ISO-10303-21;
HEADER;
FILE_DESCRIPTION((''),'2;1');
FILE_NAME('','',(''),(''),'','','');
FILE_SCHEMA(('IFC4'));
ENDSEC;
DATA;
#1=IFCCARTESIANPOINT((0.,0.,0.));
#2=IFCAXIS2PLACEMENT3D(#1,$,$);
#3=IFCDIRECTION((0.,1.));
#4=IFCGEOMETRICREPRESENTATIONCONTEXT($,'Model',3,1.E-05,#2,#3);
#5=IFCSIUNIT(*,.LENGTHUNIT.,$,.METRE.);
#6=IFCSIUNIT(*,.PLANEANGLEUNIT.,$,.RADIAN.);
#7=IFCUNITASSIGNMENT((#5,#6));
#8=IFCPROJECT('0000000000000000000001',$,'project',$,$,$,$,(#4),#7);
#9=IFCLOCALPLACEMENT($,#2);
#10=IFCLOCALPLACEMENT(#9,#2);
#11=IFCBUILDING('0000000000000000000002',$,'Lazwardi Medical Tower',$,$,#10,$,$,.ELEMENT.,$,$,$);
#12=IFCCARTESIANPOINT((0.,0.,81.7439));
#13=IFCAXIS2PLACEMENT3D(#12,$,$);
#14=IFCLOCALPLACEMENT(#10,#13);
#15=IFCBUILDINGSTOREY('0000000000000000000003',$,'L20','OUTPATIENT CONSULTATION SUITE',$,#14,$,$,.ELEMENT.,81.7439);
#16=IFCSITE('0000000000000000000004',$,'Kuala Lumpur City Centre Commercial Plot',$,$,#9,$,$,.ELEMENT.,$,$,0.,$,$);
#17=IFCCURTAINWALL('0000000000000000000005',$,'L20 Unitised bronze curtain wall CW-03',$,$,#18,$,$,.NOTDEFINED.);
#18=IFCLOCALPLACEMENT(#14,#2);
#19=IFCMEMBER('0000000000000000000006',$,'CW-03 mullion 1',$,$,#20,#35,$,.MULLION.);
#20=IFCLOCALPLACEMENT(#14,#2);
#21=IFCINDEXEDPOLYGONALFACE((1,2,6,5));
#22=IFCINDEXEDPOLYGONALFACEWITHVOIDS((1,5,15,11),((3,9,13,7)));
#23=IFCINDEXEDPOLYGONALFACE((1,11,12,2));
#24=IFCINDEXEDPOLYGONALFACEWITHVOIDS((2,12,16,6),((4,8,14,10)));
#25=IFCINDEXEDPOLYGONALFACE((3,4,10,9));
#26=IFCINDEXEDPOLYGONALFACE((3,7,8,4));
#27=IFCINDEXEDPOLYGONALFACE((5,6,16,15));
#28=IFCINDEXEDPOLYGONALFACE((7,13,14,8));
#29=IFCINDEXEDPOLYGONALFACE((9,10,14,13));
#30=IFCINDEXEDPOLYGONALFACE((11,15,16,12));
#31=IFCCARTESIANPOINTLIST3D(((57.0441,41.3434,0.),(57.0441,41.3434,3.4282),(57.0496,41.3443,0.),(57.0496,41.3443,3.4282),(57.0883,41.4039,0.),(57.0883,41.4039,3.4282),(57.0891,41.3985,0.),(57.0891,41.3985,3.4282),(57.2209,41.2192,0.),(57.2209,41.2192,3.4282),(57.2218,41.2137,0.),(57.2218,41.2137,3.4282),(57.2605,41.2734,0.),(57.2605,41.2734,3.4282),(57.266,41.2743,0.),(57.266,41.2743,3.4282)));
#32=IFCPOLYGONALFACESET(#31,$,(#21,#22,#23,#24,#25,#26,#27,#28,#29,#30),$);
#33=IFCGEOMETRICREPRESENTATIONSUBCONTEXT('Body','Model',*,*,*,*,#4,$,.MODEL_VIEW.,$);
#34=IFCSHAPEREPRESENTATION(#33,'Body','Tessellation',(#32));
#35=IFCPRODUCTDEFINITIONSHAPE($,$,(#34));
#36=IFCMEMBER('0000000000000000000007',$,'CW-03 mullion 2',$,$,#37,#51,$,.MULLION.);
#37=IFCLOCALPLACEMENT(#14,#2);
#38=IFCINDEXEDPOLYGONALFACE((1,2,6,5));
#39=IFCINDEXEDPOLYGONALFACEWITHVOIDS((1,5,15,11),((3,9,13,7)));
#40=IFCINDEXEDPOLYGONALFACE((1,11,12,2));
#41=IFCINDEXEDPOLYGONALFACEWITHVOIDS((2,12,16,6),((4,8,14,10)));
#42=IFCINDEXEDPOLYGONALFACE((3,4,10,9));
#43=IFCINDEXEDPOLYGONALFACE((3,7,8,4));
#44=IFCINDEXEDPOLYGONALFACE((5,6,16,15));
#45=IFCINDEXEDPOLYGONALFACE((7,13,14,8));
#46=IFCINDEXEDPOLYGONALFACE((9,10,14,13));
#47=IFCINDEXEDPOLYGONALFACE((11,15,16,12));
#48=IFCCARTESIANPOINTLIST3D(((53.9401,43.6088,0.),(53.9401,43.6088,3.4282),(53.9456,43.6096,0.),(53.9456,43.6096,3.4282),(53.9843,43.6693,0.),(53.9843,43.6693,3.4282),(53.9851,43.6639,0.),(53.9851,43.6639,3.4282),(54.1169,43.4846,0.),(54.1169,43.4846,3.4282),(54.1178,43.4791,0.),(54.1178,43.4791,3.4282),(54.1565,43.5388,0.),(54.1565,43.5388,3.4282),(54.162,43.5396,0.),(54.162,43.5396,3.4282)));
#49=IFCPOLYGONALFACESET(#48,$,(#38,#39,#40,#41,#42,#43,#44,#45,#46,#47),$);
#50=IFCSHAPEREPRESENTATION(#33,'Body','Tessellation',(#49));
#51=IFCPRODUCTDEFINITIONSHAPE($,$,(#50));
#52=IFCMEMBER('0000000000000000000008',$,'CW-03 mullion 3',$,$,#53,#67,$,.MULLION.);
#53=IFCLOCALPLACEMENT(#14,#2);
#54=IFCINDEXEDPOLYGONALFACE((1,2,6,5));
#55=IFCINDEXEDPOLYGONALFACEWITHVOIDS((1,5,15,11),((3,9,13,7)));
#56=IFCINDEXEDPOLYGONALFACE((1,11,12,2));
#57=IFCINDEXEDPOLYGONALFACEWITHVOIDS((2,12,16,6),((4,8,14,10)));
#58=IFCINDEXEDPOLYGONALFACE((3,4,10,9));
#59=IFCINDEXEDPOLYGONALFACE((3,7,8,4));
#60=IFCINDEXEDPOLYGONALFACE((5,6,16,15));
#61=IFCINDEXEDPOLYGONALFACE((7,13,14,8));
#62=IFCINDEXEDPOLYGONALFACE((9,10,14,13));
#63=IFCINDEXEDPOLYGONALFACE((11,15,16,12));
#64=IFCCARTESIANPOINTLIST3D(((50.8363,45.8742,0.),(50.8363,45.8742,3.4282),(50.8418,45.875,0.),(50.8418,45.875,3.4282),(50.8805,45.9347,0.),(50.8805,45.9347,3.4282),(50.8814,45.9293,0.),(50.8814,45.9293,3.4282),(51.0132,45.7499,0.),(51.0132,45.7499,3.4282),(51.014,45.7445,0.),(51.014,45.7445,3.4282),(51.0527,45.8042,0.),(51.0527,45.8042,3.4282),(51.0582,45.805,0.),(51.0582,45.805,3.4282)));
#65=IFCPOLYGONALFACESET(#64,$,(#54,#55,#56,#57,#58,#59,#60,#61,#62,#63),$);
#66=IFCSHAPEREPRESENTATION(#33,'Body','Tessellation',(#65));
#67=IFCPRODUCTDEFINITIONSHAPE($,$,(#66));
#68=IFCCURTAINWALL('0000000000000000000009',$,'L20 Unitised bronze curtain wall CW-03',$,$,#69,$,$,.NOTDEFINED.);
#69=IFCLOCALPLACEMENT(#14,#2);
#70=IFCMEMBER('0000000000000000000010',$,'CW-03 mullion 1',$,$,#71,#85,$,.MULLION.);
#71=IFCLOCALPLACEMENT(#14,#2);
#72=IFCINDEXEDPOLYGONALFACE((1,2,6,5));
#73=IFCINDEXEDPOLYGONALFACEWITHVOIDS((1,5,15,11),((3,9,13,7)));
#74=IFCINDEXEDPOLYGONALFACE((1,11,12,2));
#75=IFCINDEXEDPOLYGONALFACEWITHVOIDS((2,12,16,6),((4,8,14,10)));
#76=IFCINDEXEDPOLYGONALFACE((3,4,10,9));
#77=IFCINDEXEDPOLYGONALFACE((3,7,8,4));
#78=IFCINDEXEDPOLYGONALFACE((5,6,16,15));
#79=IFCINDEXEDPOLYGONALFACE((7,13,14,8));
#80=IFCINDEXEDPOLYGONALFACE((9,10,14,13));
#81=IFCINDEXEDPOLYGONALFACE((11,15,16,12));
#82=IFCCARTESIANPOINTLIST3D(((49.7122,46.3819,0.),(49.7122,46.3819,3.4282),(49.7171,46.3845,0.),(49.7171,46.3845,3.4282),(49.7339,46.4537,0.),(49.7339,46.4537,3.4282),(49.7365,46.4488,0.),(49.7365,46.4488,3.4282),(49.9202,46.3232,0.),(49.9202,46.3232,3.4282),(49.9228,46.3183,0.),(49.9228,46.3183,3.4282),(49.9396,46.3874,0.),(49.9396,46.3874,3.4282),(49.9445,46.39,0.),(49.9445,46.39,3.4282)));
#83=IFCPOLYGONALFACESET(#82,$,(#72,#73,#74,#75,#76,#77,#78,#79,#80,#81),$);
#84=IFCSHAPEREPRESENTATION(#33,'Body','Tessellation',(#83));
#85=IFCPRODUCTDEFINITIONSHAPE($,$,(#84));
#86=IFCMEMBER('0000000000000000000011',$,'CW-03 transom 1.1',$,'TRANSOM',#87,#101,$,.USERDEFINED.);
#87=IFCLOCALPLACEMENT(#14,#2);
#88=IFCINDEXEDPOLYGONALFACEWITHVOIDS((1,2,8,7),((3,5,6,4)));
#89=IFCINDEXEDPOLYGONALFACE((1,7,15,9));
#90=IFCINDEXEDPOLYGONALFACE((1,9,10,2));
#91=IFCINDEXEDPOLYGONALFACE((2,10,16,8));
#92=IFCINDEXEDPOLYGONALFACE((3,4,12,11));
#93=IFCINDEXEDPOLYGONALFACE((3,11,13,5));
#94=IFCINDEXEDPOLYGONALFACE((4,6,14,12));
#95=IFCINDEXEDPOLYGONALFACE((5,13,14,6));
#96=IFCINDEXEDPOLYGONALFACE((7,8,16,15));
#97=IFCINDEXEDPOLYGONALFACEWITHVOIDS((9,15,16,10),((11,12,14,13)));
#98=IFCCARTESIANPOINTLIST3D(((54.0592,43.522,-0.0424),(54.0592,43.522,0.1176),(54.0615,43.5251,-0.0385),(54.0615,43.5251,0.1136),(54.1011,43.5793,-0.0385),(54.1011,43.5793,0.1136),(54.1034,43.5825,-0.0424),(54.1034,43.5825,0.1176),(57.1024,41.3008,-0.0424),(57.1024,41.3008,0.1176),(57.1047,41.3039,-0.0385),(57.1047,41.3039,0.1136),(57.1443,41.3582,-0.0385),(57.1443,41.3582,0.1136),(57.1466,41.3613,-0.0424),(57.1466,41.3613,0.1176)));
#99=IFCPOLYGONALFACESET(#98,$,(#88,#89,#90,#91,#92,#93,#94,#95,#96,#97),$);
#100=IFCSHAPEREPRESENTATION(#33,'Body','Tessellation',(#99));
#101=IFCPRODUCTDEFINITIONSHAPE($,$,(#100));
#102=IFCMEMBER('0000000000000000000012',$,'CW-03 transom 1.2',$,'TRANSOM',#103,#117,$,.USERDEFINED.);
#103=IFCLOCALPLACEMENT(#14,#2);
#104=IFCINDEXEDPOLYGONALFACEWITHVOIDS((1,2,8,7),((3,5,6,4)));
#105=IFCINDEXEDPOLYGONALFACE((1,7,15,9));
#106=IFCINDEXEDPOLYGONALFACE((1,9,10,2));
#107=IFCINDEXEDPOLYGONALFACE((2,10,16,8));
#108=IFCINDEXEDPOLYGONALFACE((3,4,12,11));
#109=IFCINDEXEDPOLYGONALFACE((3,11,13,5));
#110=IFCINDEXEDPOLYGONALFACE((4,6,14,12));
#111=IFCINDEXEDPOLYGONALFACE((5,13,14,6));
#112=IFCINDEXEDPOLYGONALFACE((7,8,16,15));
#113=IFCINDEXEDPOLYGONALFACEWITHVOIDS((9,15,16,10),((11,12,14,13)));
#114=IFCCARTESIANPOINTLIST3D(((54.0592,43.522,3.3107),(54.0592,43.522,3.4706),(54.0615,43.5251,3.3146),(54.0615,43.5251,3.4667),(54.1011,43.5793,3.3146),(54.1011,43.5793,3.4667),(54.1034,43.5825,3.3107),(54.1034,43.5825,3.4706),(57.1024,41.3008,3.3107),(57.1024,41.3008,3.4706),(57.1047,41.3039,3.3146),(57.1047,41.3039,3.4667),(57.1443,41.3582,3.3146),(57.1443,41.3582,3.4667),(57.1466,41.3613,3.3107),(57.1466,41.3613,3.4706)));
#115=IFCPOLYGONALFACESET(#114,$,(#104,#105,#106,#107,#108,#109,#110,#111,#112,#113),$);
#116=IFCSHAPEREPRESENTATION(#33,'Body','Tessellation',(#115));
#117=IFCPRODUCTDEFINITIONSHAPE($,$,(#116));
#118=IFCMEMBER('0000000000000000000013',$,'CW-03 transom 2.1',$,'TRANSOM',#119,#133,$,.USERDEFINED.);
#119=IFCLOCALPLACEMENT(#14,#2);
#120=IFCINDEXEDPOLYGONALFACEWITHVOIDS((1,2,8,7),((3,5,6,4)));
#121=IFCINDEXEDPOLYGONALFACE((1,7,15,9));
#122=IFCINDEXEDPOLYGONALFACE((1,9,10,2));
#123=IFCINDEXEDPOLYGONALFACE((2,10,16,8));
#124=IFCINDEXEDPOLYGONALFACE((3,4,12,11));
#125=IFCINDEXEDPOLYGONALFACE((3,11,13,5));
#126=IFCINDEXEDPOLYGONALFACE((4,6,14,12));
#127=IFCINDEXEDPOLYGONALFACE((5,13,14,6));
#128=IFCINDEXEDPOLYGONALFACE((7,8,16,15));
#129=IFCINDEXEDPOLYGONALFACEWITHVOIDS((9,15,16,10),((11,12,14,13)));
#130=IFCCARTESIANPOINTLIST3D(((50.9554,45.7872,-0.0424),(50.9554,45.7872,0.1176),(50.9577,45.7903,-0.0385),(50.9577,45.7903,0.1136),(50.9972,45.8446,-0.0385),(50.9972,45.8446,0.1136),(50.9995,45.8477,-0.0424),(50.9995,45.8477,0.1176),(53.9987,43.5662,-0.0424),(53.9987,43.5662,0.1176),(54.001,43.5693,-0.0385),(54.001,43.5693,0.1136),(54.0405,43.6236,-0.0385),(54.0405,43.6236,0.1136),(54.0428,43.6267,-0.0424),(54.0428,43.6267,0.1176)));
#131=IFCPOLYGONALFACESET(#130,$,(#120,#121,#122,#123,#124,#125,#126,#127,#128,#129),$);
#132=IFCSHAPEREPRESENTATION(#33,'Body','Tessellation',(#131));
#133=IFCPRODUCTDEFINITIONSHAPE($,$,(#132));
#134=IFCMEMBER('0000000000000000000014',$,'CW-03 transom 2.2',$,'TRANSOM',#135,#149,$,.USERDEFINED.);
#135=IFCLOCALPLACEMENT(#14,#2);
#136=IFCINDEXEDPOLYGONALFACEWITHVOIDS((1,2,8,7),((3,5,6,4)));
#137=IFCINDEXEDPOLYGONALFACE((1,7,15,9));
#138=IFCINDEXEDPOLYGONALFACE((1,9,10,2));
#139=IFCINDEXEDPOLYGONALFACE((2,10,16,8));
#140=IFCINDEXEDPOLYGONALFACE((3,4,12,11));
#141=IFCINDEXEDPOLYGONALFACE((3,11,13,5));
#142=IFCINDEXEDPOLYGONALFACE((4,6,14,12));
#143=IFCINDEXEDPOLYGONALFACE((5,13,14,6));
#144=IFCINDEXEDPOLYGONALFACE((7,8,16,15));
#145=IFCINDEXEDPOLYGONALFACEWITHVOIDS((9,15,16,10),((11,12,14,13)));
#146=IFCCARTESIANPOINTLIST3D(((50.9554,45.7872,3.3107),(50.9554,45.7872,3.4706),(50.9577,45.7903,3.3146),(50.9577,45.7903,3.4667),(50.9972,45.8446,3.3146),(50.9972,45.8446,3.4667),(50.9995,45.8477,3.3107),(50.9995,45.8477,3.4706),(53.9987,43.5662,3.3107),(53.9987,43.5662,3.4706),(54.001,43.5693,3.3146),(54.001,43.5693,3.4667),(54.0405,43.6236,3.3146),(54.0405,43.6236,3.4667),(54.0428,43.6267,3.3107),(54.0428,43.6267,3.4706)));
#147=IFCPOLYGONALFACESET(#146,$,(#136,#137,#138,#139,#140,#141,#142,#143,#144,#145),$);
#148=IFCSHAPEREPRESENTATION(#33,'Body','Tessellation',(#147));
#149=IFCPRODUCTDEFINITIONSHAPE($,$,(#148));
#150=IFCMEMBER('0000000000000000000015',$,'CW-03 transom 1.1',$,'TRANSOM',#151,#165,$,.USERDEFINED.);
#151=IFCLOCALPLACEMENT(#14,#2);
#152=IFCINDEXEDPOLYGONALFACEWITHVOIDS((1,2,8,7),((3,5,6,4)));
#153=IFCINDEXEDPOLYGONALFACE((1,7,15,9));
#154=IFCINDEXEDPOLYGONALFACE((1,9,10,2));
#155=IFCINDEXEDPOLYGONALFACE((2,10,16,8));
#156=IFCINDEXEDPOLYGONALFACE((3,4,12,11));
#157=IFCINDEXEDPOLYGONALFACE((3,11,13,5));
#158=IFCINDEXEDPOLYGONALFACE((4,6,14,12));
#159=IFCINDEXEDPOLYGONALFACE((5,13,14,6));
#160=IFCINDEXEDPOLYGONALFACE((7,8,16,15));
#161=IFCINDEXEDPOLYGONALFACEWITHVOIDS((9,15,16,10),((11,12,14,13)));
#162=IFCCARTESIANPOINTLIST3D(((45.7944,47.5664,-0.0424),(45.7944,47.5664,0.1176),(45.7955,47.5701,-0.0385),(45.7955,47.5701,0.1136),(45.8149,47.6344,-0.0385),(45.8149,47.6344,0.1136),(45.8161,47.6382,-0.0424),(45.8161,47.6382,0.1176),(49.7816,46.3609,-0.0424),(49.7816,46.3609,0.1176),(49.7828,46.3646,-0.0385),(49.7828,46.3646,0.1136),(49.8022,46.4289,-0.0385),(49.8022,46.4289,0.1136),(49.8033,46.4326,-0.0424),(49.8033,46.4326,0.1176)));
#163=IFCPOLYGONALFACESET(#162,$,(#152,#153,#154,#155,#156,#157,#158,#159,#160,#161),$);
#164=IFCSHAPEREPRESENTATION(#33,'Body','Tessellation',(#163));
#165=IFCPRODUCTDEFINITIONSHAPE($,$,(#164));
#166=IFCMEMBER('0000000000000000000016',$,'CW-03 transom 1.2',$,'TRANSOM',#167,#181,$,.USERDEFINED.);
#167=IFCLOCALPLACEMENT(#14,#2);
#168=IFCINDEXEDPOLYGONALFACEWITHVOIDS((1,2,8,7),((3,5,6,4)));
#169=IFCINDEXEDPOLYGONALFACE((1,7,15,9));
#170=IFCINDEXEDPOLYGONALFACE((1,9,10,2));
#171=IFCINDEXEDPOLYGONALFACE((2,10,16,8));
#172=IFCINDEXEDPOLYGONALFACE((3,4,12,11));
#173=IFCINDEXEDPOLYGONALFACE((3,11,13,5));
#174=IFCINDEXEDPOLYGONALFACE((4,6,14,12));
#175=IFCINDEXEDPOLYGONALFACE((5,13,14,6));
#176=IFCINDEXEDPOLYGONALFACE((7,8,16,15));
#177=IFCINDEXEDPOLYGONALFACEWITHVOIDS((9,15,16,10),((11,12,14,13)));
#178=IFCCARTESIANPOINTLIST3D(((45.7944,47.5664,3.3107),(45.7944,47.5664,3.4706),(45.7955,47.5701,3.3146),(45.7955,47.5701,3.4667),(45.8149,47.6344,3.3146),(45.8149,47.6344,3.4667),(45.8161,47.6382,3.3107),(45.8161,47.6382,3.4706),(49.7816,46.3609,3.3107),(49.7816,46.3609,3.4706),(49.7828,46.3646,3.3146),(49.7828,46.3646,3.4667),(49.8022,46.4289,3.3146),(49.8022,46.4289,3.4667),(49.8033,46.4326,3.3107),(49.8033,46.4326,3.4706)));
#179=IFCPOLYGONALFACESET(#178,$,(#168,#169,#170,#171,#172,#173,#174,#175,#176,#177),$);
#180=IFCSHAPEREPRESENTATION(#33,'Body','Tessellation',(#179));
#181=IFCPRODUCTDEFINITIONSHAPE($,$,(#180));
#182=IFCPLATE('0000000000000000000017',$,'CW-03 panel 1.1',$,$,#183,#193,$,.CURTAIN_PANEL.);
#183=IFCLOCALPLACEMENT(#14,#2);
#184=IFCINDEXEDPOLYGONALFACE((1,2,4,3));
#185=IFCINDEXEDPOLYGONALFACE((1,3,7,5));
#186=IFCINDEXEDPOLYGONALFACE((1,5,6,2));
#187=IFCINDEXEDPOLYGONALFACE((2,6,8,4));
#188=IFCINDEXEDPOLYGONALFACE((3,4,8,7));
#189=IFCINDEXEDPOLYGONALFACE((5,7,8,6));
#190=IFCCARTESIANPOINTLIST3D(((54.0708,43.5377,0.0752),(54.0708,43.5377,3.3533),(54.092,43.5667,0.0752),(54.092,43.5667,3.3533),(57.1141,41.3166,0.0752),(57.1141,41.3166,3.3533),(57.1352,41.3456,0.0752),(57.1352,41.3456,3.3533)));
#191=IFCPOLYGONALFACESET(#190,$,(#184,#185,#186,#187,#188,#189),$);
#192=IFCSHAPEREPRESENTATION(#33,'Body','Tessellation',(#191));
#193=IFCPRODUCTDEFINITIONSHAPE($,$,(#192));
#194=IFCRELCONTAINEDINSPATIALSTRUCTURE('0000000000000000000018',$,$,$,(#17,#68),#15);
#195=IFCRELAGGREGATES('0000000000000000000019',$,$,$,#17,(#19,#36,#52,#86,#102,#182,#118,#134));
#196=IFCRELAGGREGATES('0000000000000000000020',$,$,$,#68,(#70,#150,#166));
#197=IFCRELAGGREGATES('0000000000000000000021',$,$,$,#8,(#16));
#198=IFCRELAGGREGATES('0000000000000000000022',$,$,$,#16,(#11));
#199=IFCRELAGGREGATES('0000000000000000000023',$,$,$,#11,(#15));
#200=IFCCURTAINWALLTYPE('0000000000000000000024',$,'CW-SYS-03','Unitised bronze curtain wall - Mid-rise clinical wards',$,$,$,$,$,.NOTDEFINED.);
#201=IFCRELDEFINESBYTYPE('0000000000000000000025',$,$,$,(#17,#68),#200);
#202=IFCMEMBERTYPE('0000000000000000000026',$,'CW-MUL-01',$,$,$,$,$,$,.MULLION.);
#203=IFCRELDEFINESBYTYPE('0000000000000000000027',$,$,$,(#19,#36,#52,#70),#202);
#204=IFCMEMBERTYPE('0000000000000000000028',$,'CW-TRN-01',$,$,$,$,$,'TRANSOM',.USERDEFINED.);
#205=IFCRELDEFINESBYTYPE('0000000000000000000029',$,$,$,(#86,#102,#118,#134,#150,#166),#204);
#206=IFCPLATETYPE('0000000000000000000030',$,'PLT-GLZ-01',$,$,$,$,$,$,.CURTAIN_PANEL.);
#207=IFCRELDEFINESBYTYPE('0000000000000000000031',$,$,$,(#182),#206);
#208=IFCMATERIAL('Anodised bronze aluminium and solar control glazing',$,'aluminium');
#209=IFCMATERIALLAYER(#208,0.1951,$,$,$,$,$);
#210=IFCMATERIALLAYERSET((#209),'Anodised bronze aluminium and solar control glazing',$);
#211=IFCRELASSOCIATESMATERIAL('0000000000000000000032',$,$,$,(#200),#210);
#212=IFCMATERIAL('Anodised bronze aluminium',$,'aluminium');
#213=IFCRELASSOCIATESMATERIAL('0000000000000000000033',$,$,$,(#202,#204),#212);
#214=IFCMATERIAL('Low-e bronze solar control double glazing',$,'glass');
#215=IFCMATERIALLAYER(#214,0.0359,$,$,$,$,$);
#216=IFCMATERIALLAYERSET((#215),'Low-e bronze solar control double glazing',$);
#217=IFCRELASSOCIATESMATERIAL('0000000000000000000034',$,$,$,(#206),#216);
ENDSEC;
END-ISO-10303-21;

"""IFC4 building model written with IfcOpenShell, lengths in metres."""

from ifc_helpers import new_model, si_unit, direction, frame, origin, origin_2d, place, context, subcontext, project, spatial, rectangle, hollow_rectangle, extrude, material, layer, layer_set, material_profile, profile_set, type_object, element, aggregate, save


model = new_model("IFC4")

# Units and contexts
model_context = context("Model", 3, precision=1e-05, world=origin(), true_north=direction((0.0, 1.0)))
body_context = subcontext(model_context, "Body", "Model", "MODEL_VIEW")
ifc_project = project(units=[si_unit("LENGTHUNIT", "METRE"), si_unit("PLANEANGLEUNIT", "RADIAN")], contexts=[model_context])

# Site, building, storey
site_placement = place(None, origin())
site = spatial("IfcSite", under=ifc_project, at=site_placement, Name="Kuala Lumpur City Centre Commercial Plot", CompositionType="ELEMENT", RefElevation=0.0)
building_placement = place(site_placement, origin())
building = spatial("IfcBuilding", under=site, at=building_placement, Name="Lazwardi Medical Tower", CompositionType="ELEMENT")
storey_placement = place(building_placement, frame((0.0, 0.0, 81.7439)))
storey = spatial("IfcBuildingStorey", under=building, at=storey_placement, Name="L20", Description="OUTPATIENT CONSULTATION SUITE", CompositionType="ELEMENT", Elevation=81.7439)

# Shared definitions
ifc_material_1 = material(Name="Anodised bronze aluminium and solar control glazing", Category="aluminium")
ifc_layer_1 = layer(ifc_material_1, 0.1951)
ifc_layer_set_1 = layer_set([ifc_layer_1], Name="Anodised bronze aluminium and solar control glazing")
curtain_wall_type = type_object("IfcCurtainWallType", Name="CW-SYS-03", Description="Unitised bronze curtain wall - Mid-rise clinical wards", PredefinedType="NOTDEFINED", material=ifc_layer_set_1)
ifc_material_2 = material(Name="Anodised bronze aluminium", Category="aluminium")
ifc_material_profile_1 = material_profile(ifc_material_2, hollow_rectangle(XDim=0.075, YDim=0.22, WallThickness=0.0039, at=origin_2d()), Name="ALU-MULLION 220x75x4")
ifc_profile_set_1 = profile_set([ifc_material_profile_1], Name="Anodised bronze aluminium")
member_type_1 = type_object("IfcMemberType", Name="CW-MUL-01", PredefinedType="MULLION", material=ifc_profile_set_1)

# Curtain wall, members
curtain_wall_1_placement = place(storey_placement, origin())
curtain_wall_1 = element("IfcCurtainWall", 1, at=curtain_wall_1_placement, inside=storey, type_object=curtain_wall_type, Name="L20 Unitised bronze curtain wall CW-03", PredefinedType="NOTDEFINED")
member_1_placement = place(storey_placement, frame((57.155, 41.3088, 0.0), z_axis=(0.0, 0.0, 1.0), x_axis=(-0.589531, -0.807746, 0.0)))
member_1 = element("IfcMember", 2, at=member_1_placement, type_object=member_type_1, Name="CW-03 mullion 1", PredefinedType="MULLION", context=body_context, shape_type="SweptSolid", body=[
    extrude(hollow_rectangle(XDim=0.075, YDim=0.22, WallThickness=0.0039, at=origin_2d()), origin(), (0.0, 0.0, 1.0), 3.4282),
])
member_2_placement = place(storey_placement, frame((54.051, 43.5742, 0.0), z_axis=(0.0, 0.0, 1.0), x_axis=(-0.589531, -0.807746, 0.0)))
member_2 = element("IfcMember", 3, at=member_2_placement, type_object=member_type_1, Name="CW-03 mullion 2", PredefinedType="MULLION", context=body_context, shape_type="SweptSolid", body=[
    extrude(hollow_rectangle(XDim=0.075, YDim=0.22, WallThickness=0.0039, at=origin_2d()), origin(), (0.0, 0.0, 1.0), 3.4282),
])
member_3_placement = place(storey_placement, frame((50.9473, 45.8396, 0.0), z_axis=(0.0, 0.0, 1.0), x_axis=(-0.589531, -0.807746, 0.0)))
member_3 = element("IfcMember", 4, at=member_3_placement, type_object=member_type_1, Name="CW-03 mullion 3", PredefinedType="MULLION", context=body_context, shape_type="SweptSolid", body=[
    extrude(hollow_rectangle(XDim=0.075, YDim=0.22, WallThickness=0.0039, at=origin_2d()), origin(), (0.0, 0.0, 1.0), 3.4282),
])

# Curtain wall, member
curtain_wall_2_placement = place(storey_placement, origin())
curtain_wall_2 = element("IfcCurtainWall", 5, at=curtain_wall_2_placement, inside=storey, type_object=curtain_wall_type, Name="L20 Unitised bronze curtain wall CW-03", PredefinedType="NOTDEFINED")
member_4_placement = place(storey_placement, frame((49.8284, 46.386, 0.0), z_axis=(0.0, 0.0, 1.0), x_axis=(-0.289374, -0.957216, 0.0)))
member_4 = element("IfcMember", 6, at=member_4_placement, type_object=member_type_1, Name="CW-03 mullion 1", PredefinedType="MULLION", context=body_context, shape_type="SweptSolid", body=[
    extrude(hollow_rectangle(XDim=0.075, YDim=0.22, WallThickness=0.0039, at=origin_2d()), origin(), (0.0, 0.0, 1.0), 3.4282),
])

# Members
ifc_material_profile_2 = material_profile(ifc_material_2, hollow_rectangle(XDim=0.075, YDim=0.1599, WallThickness=0.0039, at=origin_2d()), Name="ALU-TRANSOM 160x75x4")
ifc_profile_set_2 = profile_set([ifc_material_profile_2], Name="Anodised bronze aluminium")
member_type_2 = type_object("IfcMemberType", Name="CW-TRN-01", ElementType="TRANSOM", PredefinedType="USERDEFINED", material=ifc_profile_set_2)
member_5_placement = place(storey_placement, frame((57.1245, 41.3311, 0.0376), z_axis=(-0.807732, 0.58955, 0.0), x_axis=(-0.58955, -0.807732, 0.0)))
member_5 = element("IfcMember", 7, at=member_5_placement, type_object=member_type_2, Name="CW-03 transom 1.1", ObjectType="TRANSOM", PredefinedType="USERDEFINED", context=body_context, shape_type="SweptSolid", body=[
    extrude(hollow_rectangle(XDim=0.075, YDim=0.1599, WallThickness=0.0039, at=origin_2d()), origin(), (0.0, 0.0, 1.0), 3.7676),
])
member_6_placement = place(storey_placement, frame((57.1245, 41.3311, 3.3906), z_axis=(-0.807732, 0.58955, 0.0), x_axis=(-0.58955, -0.807732, 0.0)))
member_6 = element("IfcMember", 8, at=member_6_placement, type_object=member_type_2, Name="CW-03 transom 1.2", ObjectType="TRANSOM", PredefinedType="USERDEFINED", context=body_context, shape_type="SweptSolid", body=[
    extrude(hollow_rectangle(XDim=0.075, YDim=0.1599, WallThickness=0.0039, at=origin_2d()), origin(), (0.0, 0.0, 1.0), 3.7676),
])
member_7_placement = place(storey_placement, frame((54.0208, 43.5964, 0.0376), z_axis=(-0.807763, 0.589508, 0.0), x_axis=(-0.589508, -0.807763, 0.0)))
member_7 = element("IfcMember", 9, at=member_7_placement, type_object=member_type_2, Name="CW-03 transom 2.1", ObjectType="TRANSOM", PredefinedType="USERDEFINED", context=body_context, shape_type="SweptSolid", body=[
    extrude(hollow_rectangle(XDim=0.075, YDim=0.1599, WallThickness=0.0039, at=origin_2d()), origin(), (0.0, 0.0, 1.0), 3.7676),
])
member_8_placement = place(storey_placement, frame((54.0208, 43.5964, 3.3906), z_axis=(-0.807763, 0.589508, 0.0), x_axis=(-0.589508, -0.807763, 0.0)))
member_8 = element("IfcMember", 10, at=member_8_placement, type_object=member_type_2, Name="CW-03 transom 2.2", ObjectType="TRANSOM", PredefinedType="USERDEFINED", context=body_context, shape_type="SweptSolid", body=[
    extrude(hollow_rectangle(XDim=0.075, YDim=0.1599, WallThickness=0.0039, at=origin_2d()), origin(), (0.0, 0.0, 1.0), 3.7676),
])
member_9_placement = place(storey_placement, frame((49.7925, 46.3967, 0.0376), z_axis=(-0.957205, 0.289412, 0.0), x_axis=(-0.289412, -0.957205, 0.0)))
member_9 = element("IfcMember", 11, at=member_9_placement, type_object=member_type_2, Name="CW-03 transom 1.1", ObjectType="TRANSOM", PredefinedType="USERDEFINED", context=body_context, shape_type="SweptSolid", body=[
    extrude(hollow_rectangle(XDim=0.075, YDim=0.1599, WallThickness=0.0039, at=origin_2d()), origin(), (0.0, 0.0, 1.0), 4.1655),
])
member_10_placement = place(storey_placement, frame((49.7925, 46.3967, 3.3906), z_axis=(-0.957205, 0.289412, 0.0), x_axis=(-0.289412, -0.957205, 0.0)))
member_10 = element("IfcMember", 12, at=member_10_placement, type_object=member_type_2, Name="CW-03 transom 1.2", ObjectType="TRANSOM", PredefinedType="USERDEFINED", context=body_context, shape_type="SweptSolid", body=[
    extrude(hollow_rectangle(XDim=0.075, YDim=0.1599, WallThickness=0.0039, at=origin_2d()), origin(), (0.0, 0.0, 1.0), 4.1655),
])

# Plate
ifc_material_3 = material(Name="Low-e bronze solar control double glazing", Category="glass")
ifc_layer_2 = layer(ifc_material_3, 0.0359)
ifc_layer_set_2 = layer_set([ifc_layer_2], Name="Low-e bronze solar control double glazing")
plate_type = type_object("IfcPlateType", Name="PLT-GLZ-01", PredefinedType="CURTAIN_PANEL", material=ifc_layer_set_2)
plate_1_placement = place(storey_placement, frame((55.603, 42.4417, 0.0752), z_axis=(0.0, 0.0, 1.0), x_axis=(-0.807746, 0.589531, 0.0)))
plate_1 = element("IfcPlate", 13, at=plate_1_placement, type_object=plate_type, Name="CW-03 panel 1.1", PredefinedType="CURTAIN_PANEL", context=body_context, shape_type="SweptSolid", body=[
    extrude(rectangle(XDim=3.7676, YDim=0.0359, at=origin_2d()), origin(), (0.0, 0.0, 1.0), 3.2781),
])
aggregate(curtain_wall_1, [member_1, member_2, member_3, member_5, member_6, plate_1, member_7, member_8])
aggregate(curtain_wall_2, [member_4, member_9, member_10])

save(model, "model.ifc")
